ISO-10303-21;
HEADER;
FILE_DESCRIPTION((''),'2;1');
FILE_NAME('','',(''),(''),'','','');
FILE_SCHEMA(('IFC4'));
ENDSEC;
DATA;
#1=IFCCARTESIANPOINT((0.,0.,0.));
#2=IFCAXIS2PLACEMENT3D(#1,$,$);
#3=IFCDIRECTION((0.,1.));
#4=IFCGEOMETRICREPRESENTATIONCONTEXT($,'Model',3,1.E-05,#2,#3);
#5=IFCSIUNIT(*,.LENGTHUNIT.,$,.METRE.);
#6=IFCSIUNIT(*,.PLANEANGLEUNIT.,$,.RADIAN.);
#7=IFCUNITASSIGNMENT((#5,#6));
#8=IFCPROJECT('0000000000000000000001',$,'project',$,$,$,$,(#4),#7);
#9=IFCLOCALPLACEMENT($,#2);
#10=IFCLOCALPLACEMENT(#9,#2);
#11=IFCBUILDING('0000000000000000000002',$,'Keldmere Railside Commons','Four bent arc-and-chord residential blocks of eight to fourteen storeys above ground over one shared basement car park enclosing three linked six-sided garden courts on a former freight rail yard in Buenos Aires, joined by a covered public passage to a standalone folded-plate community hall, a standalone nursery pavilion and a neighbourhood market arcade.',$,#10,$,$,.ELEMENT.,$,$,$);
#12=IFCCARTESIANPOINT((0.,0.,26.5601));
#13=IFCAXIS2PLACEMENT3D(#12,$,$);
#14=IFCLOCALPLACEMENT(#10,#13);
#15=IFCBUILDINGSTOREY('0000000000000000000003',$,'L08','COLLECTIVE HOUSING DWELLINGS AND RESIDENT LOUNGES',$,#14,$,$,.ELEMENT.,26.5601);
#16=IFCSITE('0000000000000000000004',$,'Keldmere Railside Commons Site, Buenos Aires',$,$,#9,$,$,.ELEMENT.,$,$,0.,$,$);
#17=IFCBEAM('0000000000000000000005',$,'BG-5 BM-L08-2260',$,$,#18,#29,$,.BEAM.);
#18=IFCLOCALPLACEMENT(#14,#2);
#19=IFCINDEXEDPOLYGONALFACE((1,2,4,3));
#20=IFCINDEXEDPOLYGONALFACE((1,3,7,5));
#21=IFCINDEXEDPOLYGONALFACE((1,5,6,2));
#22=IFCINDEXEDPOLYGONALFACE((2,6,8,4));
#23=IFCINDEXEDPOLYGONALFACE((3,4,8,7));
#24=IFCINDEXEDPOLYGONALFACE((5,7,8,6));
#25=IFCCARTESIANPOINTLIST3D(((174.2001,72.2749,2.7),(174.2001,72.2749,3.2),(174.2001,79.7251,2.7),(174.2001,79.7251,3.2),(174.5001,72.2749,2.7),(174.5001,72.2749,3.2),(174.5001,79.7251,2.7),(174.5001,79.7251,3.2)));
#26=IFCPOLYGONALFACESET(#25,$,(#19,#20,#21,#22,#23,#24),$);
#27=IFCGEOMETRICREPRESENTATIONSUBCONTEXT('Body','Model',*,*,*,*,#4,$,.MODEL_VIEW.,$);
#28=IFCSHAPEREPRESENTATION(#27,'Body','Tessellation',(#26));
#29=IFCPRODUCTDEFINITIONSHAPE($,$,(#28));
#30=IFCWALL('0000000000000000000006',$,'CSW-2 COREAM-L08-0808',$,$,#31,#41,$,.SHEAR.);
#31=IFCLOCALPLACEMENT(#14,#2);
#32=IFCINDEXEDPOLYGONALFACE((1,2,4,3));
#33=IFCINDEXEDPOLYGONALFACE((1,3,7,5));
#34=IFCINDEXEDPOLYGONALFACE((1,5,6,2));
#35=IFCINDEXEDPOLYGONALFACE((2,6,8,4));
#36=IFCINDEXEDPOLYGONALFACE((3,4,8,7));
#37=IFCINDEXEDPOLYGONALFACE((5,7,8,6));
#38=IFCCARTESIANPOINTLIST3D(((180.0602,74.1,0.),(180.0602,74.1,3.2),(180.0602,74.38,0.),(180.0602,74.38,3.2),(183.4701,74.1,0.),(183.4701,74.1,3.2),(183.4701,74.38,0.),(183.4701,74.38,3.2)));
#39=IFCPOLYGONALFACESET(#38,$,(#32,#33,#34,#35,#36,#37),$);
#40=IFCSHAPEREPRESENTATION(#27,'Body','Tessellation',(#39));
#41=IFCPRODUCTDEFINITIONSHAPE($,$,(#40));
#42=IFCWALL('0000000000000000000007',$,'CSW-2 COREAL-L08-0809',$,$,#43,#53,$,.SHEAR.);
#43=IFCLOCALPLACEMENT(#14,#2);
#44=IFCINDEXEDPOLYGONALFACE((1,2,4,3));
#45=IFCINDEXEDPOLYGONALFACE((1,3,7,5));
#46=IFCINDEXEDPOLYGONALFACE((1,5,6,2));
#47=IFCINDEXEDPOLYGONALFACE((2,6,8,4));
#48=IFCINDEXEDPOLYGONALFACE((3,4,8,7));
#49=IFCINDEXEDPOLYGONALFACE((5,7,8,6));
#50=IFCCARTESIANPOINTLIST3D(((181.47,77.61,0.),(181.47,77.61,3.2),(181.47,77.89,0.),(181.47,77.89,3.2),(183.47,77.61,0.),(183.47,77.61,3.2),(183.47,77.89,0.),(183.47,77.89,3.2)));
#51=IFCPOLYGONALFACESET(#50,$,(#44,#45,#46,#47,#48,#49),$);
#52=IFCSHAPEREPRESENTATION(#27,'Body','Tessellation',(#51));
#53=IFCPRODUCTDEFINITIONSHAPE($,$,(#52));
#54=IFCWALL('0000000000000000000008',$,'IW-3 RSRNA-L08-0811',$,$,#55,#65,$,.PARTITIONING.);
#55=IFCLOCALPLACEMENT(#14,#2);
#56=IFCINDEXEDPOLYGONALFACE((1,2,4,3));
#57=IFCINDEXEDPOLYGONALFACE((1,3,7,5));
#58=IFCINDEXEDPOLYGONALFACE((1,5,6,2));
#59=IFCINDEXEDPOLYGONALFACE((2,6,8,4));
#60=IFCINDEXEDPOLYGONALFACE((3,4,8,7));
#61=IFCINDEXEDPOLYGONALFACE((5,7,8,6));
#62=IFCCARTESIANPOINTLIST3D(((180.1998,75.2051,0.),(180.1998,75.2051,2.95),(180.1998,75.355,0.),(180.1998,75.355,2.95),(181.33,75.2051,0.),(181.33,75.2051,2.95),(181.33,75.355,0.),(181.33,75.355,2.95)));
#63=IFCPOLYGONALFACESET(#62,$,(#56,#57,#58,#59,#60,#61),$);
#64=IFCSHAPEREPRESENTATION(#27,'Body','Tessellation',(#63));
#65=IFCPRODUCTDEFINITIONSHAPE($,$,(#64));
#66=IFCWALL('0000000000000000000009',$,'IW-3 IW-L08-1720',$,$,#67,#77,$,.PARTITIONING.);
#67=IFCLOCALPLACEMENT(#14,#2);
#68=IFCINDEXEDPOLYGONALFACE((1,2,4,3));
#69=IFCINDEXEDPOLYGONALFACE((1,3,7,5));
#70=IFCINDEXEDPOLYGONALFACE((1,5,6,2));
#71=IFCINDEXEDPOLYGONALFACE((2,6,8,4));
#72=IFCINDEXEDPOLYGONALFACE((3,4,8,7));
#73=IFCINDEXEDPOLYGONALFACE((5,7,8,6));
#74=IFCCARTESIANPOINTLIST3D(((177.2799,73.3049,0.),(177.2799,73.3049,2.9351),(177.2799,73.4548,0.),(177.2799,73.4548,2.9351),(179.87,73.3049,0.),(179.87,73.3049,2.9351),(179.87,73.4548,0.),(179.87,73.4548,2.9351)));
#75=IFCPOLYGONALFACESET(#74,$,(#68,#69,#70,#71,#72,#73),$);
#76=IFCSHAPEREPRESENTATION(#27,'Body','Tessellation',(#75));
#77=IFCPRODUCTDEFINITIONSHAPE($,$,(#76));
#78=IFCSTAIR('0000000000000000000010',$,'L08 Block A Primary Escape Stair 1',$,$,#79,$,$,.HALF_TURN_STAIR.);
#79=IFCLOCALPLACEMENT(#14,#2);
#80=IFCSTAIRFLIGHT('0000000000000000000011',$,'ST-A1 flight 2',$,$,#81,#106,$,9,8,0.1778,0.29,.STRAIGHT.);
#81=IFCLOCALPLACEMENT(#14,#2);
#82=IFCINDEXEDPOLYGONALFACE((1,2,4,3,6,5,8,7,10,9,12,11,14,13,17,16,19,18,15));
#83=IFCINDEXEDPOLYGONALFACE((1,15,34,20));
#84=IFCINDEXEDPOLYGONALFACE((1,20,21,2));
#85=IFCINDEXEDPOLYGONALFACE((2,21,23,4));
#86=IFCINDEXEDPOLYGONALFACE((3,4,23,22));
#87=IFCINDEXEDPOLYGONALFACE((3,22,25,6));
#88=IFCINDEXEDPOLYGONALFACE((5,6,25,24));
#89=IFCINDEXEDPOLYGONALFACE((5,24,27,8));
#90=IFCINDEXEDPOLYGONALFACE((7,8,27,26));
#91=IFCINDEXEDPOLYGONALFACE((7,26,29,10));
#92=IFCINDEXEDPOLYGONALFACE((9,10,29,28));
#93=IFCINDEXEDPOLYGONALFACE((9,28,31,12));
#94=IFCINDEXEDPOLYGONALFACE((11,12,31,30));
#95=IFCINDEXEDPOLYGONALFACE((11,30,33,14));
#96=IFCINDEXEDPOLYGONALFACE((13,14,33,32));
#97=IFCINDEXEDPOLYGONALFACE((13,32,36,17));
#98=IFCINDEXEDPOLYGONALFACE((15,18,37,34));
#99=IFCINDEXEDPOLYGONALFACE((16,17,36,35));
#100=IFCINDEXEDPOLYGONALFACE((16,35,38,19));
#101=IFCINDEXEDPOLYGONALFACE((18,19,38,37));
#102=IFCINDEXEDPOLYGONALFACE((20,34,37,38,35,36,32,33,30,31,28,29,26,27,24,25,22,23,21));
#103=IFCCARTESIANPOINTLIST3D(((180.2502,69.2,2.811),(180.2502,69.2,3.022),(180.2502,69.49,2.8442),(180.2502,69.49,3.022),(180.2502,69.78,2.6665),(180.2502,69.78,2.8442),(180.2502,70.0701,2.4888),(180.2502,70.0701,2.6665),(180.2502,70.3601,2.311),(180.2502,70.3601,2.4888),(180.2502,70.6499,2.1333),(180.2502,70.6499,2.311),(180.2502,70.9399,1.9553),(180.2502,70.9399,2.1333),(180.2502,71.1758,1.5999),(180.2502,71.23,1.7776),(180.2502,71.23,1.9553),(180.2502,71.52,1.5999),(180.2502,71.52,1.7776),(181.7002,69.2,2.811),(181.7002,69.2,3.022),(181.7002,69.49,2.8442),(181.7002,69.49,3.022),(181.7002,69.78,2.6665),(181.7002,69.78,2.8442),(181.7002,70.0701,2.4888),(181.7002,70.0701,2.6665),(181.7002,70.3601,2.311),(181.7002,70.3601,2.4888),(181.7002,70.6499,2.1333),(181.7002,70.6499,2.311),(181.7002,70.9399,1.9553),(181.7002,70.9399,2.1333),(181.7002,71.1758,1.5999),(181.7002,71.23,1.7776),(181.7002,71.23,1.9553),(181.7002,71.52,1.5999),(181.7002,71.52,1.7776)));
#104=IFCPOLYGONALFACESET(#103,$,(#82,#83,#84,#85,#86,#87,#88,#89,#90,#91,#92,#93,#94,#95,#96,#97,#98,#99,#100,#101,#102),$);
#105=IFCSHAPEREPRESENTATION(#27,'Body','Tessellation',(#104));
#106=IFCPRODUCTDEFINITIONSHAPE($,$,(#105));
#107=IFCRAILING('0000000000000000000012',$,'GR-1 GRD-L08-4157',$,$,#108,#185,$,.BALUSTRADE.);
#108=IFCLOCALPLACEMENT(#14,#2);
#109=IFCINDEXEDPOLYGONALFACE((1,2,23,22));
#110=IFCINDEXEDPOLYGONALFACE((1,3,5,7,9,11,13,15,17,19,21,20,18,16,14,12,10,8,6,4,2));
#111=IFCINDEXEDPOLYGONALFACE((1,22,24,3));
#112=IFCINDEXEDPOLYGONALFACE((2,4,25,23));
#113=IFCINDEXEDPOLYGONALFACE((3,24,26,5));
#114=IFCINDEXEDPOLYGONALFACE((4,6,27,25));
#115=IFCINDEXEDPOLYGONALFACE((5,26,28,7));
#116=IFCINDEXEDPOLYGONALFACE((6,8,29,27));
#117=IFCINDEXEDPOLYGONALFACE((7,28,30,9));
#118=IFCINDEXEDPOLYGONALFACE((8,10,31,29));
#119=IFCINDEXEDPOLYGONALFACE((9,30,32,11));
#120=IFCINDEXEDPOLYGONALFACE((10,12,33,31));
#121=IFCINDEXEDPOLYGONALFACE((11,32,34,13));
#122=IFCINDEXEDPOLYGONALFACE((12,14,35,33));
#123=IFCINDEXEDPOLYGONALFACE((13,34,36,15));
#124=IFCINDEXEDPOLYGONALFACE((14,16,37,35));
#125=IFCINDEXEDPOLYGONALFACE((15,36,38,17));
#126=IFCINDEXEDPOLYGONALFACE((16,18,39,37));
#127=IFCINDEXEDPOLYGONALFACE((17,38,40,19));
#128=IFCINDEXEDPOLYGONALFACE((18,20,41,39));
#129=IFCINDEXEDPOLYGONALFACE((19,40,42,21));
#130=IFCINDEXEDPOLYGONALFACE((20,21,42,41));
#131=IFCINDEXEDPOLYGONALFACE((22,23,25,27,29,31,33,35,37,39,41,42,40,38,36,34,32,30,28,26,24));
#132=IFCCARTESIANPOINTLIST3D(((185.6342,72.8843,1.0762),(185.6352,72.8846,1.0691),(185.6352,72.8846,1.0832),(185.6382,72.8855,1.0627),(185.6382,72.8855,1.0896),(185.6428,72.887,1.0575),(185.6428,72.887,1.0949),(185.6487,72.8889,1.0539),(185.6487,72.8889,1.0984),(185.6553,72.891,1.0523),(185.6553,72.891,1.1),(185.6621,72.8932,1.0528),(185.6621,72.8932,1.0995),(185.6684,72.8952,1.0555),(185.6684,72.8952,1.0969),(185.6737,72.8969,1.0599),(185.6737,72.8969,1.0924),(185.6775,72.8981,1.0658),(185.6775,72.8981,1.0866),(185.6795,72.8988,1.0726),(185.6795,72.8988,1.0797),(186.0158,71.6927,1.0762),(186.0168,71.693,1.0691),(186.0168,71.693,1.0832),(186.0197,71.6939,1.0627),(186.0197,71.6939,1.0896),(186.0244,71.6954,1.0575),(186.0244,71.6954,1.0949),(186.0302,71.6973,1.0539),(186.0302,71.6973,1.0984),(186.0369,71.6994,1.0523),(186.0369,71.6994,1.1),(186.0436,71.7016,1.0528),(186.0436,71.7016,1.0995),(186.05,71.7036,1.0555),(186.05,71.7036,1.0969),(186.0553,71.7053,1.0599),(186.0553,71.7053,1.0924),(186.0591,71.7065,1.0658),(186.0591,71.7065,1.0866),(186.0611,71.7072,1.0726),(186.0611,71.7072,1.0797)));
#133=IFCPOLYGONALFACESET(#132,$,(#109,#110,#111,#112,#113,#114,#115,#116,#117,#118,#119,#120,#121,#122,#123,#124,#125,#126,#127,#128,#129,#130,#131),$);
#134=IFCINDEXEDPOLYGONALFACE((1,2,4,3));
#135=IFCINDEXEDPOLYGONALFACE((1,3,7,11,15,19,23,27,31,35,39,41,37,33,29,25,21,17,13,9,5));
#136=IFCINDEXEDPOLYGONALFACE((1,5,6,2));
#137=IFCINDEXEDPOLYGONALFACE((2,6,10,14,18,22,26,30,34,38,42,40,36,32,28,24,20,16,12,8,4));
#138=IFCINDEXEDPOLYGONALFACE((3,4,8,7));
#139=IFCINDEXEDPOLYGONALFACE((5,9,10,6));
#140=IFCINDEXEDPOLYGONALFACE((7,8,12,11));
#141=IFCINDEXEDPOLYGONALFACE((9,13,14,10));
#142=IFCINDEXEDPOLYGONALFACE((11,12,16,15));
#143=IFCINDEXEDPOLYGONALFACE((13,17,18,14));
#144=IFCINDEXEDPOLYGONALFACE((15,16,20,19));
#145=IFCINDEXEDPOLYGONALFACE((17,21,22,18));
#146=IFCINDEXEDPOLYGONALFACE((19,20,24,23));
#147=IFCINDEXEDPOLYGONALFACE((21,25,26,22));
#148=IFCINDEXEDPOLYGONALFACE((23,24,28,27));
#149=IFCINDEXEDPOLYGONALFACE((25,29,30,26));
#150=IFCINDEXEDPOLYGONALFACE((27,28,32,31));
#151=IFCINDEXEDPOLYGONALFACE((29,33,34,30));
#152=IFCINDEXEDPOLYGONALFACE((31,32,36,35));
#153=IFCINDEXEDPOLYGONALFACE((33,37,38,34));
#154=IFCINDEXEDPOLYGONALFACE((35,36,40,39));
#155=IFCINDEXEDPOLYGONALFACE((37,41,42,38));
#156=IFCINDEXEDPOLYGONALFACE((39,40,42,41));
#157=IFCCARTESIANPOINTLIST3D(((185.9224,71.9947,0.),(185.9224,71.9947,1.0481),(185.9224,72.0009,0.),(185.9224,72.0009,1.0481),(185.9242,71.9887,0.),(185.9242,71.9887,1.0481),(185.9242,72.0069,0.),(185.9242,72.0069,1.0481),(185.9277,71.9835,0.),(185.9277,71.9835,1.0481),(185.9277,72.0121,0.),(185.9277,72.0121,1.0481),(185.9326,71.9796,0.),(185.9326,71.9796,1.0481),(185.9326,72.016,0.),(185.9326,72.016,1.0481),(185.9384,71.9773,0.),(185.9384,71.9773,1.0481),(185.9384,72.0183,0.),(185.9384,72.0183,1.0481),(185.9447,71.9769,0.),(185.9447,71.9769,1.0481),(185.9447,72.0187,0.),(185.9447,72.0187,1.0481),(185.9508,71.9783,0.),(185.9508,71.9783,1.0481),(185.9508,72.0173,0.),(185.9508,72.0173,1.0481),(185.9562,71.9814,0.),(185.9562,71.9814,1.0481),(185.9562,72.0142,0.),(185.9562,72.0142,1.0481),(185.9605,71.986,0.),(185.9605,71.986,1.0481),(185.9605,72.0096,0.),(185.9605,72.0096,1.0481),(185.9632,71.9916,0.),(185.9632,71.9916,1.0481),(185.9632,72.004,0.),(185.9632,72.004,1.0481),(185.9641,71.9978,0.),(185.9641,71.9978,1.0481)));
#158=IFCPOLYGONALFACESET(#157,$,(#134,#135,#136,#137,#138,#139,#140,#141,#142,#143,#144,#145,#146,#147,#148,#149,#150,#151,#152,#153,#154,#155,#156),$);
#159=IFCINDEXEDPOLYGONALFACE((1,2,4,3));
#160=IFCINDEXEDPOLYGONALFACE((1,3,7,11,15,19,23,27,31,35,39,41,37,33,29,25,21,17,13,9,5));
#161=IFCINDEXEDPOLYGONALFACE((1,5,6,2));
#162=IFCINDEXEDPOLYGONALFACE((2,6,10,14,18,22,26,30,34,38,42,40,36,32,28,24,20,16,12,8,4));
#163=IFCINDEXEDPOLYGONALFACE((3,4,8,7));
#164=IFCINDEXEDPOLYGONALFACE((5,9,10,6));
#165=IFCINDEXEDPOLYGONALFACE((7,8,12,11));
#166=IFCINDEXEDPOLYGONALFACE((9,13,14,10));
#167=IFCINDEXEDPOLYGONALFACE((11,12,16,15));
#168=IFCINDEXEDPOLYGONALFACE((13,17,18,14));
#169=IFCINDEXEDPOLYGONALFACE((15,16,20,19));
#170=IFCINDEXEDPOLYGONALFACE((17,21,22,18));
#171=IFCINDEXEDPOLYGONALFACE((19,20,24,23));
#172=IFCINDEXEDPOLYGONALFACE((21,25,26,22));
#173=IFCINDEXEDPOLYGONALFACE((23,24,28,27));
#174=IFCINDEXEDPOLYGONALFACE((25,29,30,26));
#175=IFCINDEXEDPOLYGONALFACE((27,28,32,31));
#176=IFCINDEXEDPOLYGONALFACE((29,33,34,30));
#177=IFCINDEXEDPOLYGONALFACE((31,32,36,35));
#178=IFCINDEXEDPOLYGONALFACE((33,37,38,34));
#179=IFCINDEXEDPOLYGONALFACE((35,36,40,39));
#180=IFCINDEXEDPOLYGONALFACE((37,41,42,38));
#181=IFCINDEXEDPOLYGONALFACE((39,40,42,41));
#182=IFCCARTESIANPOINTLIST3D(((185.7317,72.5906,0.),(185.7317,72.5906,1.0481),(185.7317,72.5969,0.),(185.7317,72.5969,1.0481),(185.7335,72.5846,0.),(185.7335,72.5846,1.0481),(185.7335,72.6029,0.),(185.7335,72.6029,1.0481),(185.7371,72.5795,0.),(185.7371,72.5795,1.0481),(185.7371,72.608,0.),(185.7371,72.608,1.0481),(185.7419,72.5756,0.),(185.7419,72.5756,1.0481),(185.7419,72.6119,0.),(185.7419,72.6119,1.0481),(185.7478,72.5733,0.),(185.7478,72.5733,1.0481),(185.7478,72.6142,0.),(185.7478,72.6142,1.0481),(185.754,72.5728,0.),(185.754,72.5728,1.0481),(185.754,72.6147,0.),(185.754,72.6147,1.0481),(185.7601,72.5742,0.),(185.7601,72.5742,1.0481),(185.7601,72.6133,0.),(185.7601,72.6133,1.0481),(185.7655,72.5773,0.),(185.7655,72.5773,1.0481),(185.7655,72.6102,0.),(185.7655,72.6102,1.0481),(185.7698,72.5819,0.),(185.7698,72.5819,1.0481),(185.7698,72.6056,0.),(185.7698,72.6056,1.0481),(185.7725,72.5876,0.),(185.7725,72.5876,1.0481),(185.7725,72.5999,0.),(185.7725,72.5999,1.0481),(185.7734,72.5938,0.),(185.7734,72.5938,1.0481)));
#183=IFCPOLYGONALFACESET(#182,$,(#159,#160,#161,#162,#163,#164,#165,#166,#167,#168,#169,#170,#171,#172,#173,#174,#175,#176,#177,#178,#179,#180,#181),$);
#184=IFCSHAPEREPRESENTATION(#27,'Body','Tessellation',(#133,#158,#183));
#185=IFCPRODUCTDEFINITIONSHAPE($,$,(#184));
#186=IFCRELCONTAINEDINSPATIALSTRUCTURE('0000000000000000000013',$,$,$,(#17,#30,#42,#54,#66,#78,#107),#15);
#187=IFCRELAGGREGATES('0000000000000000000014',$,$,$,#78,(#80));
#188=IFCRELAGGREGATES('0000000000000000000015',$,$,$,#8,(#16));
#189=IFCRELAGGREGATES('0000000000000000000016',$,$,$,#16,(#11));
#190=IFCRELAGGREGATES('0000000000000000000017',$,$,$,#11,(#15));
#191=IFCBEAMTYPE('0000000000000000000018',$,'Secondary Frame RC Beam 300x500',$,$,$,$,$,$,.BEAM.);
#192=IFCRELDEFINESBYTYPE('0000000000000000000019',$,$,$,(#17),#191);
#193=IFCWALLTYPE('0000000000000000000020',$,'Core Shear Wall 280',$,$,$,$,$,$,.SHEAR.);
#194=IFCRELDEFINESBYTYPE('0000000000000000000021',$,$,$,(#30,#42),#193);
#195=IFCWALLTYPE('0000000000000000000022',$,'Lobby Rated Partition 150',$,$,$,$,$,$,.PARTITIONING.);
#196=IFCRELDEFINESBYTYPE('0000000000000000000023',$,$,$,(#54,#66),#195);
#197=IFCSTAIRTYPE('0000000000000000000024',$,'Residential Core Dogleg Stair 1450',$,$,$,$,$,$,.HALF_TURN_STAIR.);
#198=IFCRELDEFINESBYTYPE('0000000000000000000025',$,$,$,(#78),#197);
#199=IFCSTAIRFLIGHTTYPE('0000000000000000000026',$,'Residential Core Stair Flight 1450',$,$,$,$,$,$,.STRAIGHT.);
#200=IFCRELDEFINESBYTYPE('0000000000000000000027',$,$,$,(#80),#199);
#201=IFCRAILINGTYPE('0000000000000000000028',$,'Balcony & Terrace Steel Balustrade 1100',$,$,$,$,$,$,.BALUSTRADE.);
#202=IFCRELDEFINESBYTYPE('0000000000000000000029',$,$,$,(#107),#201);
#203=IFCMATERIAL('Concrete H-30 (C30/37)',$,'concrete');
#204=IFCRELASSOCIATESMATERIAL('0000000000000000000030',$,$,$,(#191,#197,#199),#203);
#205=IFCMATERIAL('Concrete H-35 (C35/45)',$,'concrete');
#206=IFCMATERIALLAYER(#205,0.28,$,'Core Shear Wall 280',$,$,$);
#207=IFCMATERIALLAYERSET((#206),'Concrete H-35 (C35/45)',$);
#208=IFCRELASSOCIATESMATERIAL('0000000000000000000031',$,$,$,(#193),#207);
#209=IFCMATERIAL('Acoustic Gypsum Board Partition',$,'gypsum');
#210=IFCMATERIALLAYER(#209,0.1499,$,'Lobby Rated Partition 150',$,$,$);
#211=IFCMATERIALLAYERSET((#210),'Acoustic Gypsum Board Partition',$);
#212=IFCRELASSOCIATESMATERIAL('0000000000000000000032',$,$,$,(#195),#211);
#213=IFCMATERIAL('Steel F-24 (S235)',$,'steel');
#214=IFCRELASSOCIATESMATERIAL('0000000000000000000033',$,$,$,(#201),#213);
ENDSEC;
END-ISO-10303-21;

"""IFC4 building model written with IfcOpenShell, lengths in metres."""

from ifc_helpers import new_model, si_unit, direction, frame, frame_2d, origin, origin_2d, place, context, subcontext, project, spatial, polyline, rectangle, circle, outline, extrude, material, layer, layer_set, material_profile, profile_set, type_object, element, aggregate, save


model = new_model("IFC4")

# Units and contexts
model_context = context("Model", 3, precision=1e-05, world=origin(), true_north=direction((0.0, 1.0)))
body_context = subcontext(model_context, "Body", "Model", "MODEL_VIEW")
ifc_project = project(units=[si_unit("LENGTHUNIT", "METRE"), si_unit("PLANEANGLEUNIT", "RADIAN")], contexts=[model_context])

# Site, building, storey
site_placement = place(None, origin())
site = spatial("IfcSite", under=ifc_project, at=site_placement, Name="Keldmere Railside Commons Site, Buenos Aires", CompositionType="ELEMENT", RefElevation=0.0)
building_placement = place(site_placement, origin())
building = spatial("IfcBuilding", under=site, at=building_placement, Name="Keldmere Railside Commons", Description="Four bent arc-and-chord residential blocks of eight to fourteen storeys above ground over one shared basement car park enclosing three linked six-sided garden courts on a former freight rail yard in Buenos Aires, joined by a covered public passage to a standalone folded-plate community hall, a standalone nursery pavilion and a neighbourhood market arcade.", CompositionType="ELEMENT")
storey_placement = place(building_placement, frame((0.0, 0.0, 26.5601)))
storey = spatial("IfcBuildingStorey", under=building, at=storey_placement, Name="L08", Description="COLLECTIVE HOUSING DWELLINGS AND RESIDENT LOUNGES", CompositionType="ELEMENT", Elevation=26.5601)

# Beam
ifc_material_1 = material(Name="Concrete H-30 (C30/37)", Category="concrete")
ifc_material_profile = material_profile(ifc_material_1, rectangle(XDim=0.3, YDim=0.5, at=origin_2d()), Name="RC-300x500")
ifc_profile_set = profile_set([ifc_material_profile], Name="Concrete H-30 (C30/37)")
beam_type = type_object("IfcBeamType", Name="Secondary Frame RC Beam 300x500", PredefinedType="BEAM", material=ifc_profile_set)
beam_placement = place(storey_placement, frame((174.3501, 72.2749, 2.95), z_axis=(0.0, 1.0, 0.0), x_axis=(-1.0, 0.0, 0.0)))
element("IfcBeam", 1, at=beam_placement, inside=storey, type_object=beam_type, Name="BG-5 BM-L08-2260", PredefinedType="BEAM", context=body_context, shape_type="SweptSolid", body=[
    extrude(rectangle(XDim=0.3, YDim=0.5, at=origin_2d()), origin(), (0.0, 0.0, 1.0), 7.4502),
])

# Walls
ifc_material_2 = material(Name="Concrete H-35 (C35/45)", Category="concrete")
ifc_layer_1 = layer(ifc_material_2, 0.28, Name="Core Shear Wall 280")
ifc_layer_set_1 = layer_set([ifc_layer_1], Name="Concrete H-35 (C35/45)")
wall_type_1 = type_object("IfcWallType", Name="Core Shear Wall 280", PredefinedType="SHEAR", material=ifc_layer_set_1)
wall_1_placement = place(storey_placement, frame((180.0601, 74.24, 0.0), z_axis=(0.0, 0.0, 1.0), x_axis=(1.0, 0.0, 0.0)))
element("IfcWall", 2, at=wall_1_placement, inside=storey, type_object=wall_type_1, Name="CSW-2 COREAM-L08-0808", PredefinedType="SHEAR", context=body_context, shape_type="SweptSolid", body=[
    extrude(rectangle(XDim=3.4099, YDim=0.28, at=frame_2d((1.7051, 0.0))), origin(), (0.0, 0.0, 1.0), 3.2),
])
wall_2_placement = place(storey_placement, frame((181.47, 77.75, 0.0), z_axis=(0.0, 0.0, 1.0), x_axis=(1.0, 0.0, 0.0)))
element("IfcWall", 3, at=wall_2_placement, inside=storey, type_object=wall_type_1, Name="CSW-2 COREAL-L08-0809", PredefinedType="SHEAR", context=body_context, shape_type="SweptSolid", body=[
    extrude(rectangle(XDim=2.0, YDim=0.28, at=frame_2d((1.0, 0.0))), origin(), (0.0, 0.0, 1.0), 3.2),
])

# Shared definitions
ifc_material_3 = material(Name="Steel F-24 (S235)", Category="steel")

# Walls
ifc_material_4 = material(Name="Acoustic Gypsum Board Partition", Category="gypsum")
ifc_layer_2 = layer(ifc_material_4, 0.1499, Name="Lobby Rated Partition 150")
ifc_layer_set_2 = layer_set([ifc_layer_2], Name="Acoustic Gypsum Board Partition")
wall_type_2 = type_object("IfcWallType", Name="Lobby Rated Partition 150", PredefinedType="PARTITIONING", material=ifc_layer_set_2)
wall_3_placement = place(storey_placement, frame((180.2, 75.28, 0.0), z_axis=(0.0, 0.0, 1.0), x_axis=(1.0, 0.0, 0.0)))
element("IfcWall", 4, at=wall_3_placement, inside=storey, type_object=wall_type_2, Name="IW-3 RSRNA-L08-0811", PredefinedType="PARTITIONING", context=body_context, shape_type="SweptSolid", body=[
    extrude(rectangle(XDim=1.1301, YDim=0.1499, at=frame_2d((0.5649, 0.0))), origin(), (0.0, 0.0, 1.0), 2.95),
])
wall_4_placement = place(storey_placement, frame((177.28, 73.3799, 0.0), z_axis=(0.0, 0.0, 1.0), x_axis=(1.0, 0.0, 0.0)))
element("IfcWall", 5, at=wall_4_placement, inside=storey, type_object=wall_type_2, Name="IW-3 IW-L08-1720", PredefinedType="PARTITIONING", context=body_context, shape_type="SweptSolid", body=[
    extrude(rectangle(XDim=2.5901, YDim=0.1499, at=frame_2d((1.2949, 0.0))), origin(), (0.0, 0.0, 1.0), 2.9351),
])

# Stair, stair flight
stair_type = type_object("IfcStairType", Name="Residential Core Dogleg Stair 1450", PredefinedType="HALF_TURN_STAIR", material=ifc_material_1)
stair_placement = place(storey_placement, origin())
stair = element("IfcStair", 6, at=stair_placement, inside=storey, type_object=stair_type, Name="L08 Block A Primary Escape Stair 1", PredefinedType="HALF_TURN_STAIR")
stair_flight_type = type_object("IfcStairFlightType", Name="Residential Core Stair Flight 1450", PredefinedType="STRAIGHT", material=ifc_material_1)
stair_flight_placement = place(storey_placement, frame((180.9751, 71.52, 1.5999), z_axis=(0.0, 0.0, 1.0), x_axis=(0.0, -1.0, 0.0)))
stair_flight = element("IfcStairFlight", 7, at=stair_flight_placement, type_object=stair_flight_type, Name="ST-A1 flight 2", NumberOfRisers=9, NumberOfTreads=8, PredefinedType="STRAIGHT", RiserHeight=0.1778, TreadLength=0.29, context=body_context, shape_type="SweptSolid", body=[
    extrude(outline(polyline([(0.0, 0.0), (0.0, 0.1777), (0.29, 0.1777), (0.29, 0.3555), (0.5801, 0.3555), (0.5801, 0.5334), (0.8701, 0.5334), (0.8701, 0.7112), (1.1599, 0.7112), (1.1599, 0.8889), (1.45, 0.8889), (1.45, 1.0667), (1.74, 1.0667), (1.74, 1.2444), (2.03, 1.2444), (2.03, 1.4221), (2.3201, 1.4221), (2.3201, 1.6001), (2.3201, 1.2112), (0.3442, 0.0), (0.0, 0.0)])), frame((0.0, 0.7251, 0.0), z_axis=(0.0, -1.0, 0.0), x_axis=(1.0, 0.0, 0.0)), (0.0, 0.0, 1.0), 1.45),
])
aggregate(stair, [stair_flight])

# Railing
railing_type_1 = type_object("IfcRailingType", Name="Balcony & Terrace Steel Balustrade 1100", PredefinedType="BALUSTRADE", material=ifc_material_3)
railing_1_placement = place(storey_placement, frame((186.0386, 71.7, 0.0)))
element("IfcRailing", 8, at=railing_1_placement, inside=storey, type_object=railing_type_1, Name="GR-1 GRD-L08-4157", PredefinedType="BALUSTRADE", context=body_context, shape_type="SweptSolid", body=[
    extrude(circle(Radius=0.0239, at=origin_2d()), frame((0.0, 0.0, 1.0762), z_axis=(-0.304967, 0.952363, 0.0), x_axis=(-0.952363, -0.304967, 0.0)), (0.0, 0.0, 1.0), 1.2512),
    extrude(circle(Radius=0.021, at=origin_2d()), frame((-0.0955, 0.2979, 0.0)), (0.0, 0.0, 1.0), 1.0481),
    extrude(circle(Radius=0.021, at=origin_2d()), frame((-0.2861, 0.8938, 0.0)), (0.0, 0.0, 1.0), 1.0481),
])

save(model, "model.ifc")
